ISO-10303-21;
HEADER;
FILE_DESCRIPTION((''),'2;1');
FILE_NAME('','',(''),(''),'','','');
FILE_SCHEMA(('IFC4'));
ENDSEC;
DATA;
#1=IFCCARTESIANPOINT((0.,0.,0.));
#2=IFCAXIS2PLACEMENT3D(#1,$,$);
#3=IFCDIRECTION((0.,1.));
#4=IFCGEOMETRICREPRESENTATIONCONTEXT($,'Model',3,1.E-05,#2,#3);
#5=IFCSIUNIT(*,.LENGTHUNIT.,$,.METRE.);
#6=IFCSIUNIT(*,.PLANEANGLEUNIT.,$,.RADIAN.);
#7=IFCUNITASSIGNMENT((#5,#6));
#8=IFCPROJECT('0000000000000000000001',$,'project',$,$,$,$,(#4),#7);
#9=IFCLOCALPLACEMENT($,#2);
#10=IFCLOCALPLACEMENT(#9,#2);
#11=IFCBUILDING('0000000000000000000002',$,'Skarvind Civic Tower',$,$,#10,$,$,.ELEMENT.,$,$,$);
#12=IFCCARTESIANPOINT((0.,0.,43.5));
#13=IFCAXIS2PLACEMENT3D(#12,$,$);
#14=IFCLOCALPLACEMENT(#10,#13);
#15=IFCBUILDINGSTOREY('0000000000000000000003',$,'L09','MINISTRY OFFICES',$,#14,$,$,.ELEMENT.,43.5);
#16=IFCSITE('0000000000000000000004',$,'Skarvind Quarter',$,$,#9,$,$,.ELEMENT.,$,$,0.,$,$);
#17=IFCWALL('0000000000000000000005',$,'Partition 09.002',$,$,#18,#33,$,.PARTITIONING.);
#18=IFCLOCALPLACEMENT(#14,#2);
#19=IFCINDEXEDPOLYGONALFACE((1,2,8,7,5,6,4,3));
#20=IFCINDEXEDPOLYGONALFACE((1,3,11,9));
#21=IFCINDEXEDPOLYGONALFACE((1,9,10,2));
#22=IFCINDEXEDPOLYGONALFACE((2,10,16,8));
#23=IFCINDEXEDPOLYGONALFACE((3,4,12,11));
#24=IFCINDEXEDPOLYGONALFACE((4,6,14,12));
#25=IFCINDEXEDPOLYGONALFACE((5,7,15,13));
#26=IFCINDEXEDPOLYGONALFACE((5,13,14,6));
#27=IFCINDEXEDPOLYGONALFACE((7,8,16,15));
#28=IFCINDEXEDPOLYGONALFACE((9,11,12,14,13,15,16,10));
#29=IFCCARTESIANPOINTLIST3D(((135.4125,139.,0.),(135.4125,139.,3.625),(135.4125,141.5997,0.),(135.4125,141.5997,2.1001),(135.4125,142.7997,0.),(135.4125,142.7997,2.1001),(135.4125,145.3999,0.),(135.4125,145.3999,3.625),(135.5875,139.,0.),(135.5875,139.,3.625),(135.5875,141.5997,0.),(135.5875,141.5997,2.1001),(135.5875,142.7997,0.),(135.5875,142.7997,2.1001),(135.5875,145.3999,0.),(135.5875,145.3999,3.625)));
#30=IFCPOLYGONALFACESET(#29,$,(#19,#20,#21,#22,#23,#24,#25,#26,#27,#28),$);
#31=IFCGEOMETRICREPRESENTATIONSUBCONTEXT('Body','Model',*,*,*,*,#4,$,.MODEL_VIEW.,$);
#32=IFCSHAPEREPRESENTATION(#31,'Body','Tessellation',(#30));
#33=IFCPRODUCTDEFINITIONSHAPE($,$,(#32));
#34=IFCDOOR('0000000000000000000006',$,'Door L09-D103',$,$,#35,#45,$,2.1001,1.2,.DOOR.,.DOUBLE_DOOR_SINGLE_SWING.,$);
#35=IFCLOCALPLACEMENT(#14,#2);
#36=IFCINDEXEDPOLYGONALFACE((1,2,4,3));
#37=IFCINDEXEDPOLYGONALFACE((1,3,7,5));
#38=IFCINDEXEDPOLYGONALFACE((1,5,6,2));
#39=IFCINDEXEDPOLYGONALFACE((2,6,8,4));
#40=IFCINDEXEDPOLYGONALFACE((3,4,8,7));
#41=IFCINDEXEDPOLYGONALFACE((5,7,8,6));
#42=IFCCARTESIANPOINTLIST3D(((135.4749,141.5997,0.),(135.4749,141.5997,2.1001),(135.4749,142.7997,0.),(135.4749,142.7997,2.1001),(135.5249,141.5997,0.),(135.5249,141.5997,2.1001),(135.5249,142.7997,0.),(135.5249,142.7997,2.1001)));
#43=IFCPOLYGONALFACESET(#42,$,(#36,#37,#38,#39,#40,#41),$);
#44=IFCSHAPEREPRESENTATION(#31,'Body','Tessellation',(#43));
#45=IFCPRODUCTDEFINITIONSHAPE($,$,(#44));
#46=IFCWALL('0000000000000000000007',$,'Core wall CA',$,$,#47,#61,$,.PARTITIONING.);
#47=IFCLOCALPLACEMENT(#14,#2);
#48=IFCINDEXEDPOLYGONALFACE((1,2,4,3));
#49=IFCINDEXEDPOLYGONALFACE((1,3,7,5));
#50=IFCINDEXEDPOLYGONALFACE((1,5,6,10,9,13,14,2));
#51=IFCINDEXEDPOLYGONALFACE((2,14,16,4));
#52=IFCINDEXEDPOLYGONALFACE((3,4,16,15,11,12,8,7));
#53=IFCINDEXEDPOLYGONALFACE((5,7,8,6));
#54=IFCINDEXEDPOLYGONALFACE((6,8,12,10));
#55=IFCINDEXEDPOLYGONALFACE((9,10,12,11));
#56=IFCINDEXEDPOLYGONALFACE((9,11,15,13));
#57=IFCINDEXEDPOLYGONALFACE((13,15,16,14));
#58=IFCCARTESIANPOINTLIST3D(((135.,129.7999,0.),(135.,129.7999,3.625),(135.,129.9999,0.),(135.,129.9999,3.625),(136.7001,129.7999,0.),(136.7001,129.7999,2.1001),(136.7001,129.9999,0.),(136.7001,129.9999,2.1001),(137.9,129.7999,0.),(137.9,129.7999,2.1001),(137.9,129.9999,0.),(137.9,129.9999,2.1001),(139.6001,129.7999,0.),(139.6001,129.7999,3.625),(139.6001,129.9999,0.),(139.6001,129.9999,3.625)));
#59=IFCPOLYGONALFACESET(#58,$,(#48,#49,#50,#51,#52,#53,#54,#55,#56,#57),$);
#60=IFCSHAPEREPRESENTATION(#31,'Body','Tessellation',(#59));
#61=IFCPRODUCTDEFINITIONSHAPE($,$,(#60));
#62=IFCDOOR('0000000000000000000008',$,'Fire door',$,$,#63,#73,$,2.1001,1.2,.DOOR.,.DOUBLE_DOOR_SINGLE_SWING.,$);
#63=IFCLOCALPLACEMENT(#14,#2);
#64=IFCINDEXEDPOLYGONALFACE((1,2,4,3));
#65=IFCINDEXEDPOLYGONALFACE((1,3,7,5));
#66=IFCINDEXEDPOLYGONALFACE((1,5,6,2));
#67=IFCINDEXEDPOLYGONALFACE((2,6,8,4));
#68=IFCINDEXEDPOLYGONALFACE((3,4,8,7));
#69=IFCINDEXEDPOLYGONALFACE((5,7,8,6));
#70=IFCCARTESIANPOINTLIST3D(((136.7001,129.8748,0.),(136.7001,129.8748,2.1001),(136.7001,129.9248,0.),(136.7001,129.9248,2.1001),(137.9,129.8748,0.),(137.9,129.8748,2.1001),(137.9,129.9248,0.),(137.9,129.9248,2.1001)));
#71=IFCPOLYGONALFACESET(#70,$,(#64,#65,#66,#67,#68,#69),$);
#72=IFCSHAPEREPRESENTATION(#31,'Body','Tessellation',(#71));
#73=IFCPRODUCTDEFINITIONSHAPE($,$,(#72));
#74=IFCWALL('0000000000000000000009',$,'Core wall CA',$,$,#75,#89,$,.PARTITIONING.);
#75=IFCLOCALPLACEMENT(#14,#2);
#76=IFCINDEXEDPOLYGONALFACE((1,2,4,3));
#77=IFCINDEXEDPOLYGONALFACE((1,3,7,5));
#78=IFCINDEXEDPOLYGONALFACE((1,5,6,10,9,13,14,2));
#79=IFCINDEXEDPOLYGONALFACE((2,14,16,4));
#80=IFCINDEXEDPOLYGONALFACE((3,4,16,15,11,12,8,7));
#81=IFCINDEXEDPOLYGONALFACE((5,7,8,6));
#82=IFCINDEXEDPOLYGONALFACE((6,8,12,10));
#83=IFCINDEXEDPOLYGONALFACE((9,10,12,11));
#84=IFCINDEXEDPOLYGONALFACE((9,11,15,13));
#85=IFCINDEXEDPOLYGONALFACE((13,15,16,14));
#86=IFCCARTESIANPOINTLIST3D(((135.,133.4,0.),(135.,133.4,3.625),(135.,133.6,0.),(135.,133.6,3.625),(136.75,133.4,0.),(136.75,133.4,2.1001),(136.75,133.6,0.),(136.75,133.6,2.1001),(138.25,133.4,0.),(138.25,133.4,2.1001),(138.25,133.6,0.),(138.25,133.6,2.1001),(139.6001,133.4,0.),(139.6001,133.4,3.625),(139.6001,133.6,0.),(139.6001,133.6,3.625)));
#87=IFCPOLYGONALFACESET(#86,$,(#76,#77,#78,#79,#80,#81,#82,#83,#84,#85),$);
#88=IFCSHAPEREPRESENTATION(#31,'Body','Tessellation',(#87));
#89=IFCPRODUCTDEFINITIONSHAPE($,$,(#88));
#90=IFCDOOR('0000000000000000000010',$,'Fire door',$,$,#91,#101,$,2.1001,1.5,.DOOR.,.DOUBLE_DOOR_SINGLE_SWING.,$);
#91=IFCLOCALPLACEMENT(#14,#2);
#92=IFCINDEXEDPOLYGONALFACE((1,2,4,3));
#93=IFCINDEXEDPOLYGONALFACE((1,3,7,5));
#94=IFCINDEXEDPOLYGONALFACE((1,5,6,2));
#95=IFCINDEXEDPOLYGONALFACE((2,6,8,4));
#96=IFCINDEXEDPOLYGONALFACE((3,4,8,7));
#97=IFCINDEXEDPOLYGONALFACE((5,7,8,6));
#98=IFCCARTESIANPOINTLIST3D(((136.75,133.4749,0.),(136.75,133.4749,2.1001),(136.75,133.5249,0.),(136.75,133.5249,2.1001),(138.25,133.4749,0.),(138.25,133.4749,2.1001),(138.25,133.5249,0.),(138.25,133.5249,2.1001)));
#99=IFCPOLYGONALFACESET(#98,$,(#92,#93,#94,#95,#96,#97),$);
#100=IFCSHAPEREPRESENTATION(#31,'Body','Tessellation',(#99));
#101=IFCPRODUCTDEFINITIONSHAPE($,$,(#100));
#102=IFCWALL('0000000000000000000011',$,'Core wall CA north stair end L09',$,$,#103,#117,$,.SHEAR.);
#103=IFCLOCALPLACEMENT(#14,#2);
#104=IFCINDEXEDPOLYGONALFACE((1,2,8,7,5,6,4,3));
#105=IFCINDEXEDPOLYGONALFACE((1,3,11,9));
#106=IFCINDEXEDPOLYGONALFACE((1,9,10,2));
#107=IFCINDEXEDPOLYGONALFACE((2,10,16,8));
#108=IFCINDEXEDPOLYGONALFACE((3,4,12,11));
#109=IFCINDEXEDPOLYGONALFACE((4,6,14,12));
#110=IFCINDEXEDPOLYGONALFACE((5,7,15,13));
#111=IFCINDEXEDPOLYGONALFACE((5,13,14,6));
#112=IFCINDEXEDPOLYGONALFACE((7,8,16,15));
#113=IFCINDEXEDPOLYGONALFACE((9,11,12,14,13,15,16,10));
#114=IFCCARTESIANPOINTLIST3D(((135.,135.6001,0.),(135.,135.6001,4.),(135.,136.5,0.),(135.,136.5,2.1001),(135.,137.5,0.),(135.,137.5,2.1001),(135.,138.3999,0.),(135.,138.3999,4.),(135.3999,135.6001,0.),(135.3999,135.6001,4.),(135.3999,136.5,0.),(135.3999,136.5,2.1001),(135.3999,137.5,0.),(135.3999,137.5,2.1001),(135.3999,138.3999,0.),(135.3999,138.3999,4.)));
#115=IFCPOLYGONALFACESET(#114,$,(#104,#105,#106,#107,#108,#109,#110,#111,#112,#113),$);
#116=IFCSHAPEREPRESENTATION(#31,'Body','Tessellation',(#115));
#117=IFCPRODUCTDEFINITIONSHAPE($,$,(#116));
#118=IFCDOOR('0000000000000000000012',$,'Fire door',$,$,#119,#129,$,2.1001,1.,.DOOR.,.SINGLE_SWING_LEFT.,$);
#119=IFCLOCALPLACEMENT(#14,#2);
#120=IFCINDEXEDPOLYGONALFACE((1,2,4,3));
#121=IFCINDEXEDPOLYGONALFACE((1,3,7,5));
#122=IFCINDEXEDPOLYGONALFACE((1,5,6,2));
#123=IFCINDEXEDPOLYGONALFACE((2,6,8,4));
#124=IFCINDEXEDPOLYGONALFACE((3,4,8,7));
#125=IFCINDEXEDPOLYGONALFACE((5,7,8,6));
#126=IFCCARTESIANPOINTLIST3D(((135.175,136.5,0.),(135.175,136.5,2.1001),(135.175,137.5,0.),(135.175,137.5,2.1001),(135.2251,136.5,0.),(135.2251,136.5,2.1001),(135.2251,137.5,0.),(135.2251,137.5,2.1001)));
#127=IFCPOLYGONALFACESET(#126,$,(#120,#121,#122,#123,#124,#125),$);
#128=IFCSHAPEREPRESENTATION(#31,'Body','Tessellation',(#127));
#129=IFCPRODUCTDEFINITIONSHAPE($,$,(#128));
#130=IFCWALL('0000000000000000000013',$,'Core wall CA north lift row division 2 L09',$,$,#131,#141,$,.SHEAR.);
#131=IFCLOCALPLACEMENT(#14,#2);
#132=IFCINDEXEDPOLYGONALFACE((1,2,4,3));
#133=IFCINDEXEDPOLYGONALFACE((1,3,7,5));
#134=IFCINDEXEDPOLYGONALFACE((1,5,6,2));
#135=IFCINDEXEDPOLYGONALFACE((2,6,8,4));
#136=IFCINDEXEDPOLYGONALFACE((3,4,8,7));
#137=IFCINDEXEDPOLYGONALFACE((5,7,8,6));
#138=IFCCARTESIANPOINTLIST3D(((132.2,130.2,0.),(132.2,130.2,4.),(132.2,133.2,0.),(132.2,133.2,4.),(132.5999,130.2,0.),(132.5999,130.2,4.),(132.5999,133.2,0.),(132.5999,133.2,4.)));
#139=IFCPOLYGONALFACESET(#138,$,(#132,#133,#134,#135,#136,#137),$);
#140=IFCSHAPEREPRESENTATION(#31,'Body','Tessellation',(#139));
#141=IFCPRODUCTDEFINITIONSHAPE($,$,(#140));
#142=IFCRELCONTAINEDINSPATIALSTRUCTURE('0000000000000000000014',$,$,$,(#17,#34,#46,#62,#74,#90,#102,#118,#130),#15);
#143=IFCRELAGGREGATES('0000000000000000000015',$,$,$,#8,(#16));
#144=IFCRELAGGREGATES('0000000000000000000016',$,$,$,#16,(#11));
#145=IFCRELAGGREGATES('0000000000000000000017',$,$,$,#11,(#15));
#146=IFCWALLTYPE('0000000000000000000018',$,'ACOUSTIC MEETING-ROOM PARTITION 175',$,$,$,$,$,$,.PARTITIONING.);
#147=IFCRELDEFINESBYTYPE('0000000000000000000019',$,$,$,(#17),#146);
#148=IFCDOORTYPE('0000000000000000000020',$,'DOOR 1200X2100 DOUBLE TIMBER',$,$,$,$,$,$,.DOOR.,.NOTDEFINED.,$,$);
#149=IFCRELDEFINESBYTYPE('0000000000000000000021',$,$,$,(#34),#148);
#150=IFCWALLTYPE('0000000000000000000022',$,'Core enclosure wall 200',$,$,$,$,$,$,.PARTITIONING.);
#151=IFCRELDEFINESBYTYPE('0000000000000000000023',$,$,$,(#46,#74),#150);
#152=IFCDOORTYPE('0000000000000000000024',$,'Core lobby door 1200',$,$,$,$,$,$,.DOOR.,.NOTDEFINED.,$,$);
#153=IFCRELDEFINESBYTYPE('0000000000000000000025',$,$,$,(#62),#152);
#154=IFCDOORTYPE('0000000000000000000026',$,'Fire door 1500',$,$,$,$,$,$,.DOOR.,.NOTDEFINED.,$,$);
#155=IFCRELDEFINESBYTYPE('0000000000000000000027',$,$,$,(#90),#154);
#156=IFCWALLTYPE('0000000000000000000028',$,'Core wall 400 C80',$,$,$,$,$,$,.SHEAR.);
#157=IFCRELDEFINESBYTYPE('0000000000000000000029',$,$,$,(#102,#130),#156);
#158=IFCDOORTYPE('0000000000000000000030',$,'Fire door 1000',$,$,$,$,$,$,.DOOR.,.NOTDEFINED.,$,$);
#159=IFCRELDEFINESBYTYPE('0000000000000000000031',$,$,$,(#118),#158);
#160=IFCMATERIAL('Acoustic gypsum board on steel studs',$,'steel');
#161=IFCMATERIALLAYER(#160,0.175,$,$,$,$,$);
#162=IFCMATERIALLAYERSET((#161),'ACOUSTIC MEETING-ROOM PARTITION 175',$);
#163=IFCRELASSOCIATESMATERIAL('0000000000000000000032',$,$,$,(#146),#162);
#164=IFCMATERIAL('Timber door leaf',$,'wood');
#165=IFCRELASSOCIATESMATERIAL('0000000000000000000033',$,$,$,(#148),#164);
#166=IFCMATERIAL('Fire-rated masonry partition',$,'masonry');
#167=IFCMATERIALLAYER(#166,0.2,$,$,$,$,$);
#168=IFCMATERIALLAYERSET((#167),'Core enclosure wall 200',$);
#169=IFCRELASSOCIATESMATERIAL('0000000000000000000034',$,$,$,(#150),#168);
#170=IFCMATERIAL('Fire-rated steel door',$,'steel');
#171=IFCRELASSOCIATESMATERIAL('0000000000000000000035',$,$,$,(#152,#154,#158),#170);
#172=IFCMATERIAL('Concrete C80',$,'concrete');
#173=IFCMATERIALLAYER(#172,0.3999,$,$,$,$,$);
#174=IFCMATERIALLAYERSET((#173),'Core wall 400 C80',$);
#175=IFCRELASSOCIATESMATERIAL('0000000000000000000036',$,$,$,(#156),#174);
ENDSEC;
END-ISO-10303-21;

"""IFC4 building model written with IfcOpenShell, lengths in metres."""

from ifc_helpers import new_model, si_unit, direction, frame, frame_2d, origin, place, context, subcontext, project, spatial, rectangle, extrude, material, layer, layer_set, type_object, element, fill, save


model = new_model("IFC4")

# Units and contexts
model_context = context("Model", 3, precision=1e-05, world=origin(), true_north=direction((0.0, 1.0)))
body_context = subcontext(model_context, "Body", "Model", "MODEL_VIEW")
ifc_project = project(units=[si_unit("LENGTHUNIT", "METRE"), si_unit("PLANEANGLEUNIT", "RADIAN")], contexts=[model_context])

# Site, building, storey
site_placement = place(None, origin())
site = spatial("IfcSite", under=ifc_project, at=site_placement, Name="Skarvind Quarter", CompositionType="ELEMENT", RefElevation=0.0)
building_placement = place(site_placement, origin())
building = spatial("IfcBuilding", under=site, at=building_placement, Name="Skarvind Civic Tower", CompositionType="ELEMENT")
storey_placement = place(building_placement, frame((0.0, 0.0, 43.5)))
storey = spatial("IfcBuildingStorey", under=building, at=storey_placement, Name="L09", Description="MINISTRY OFFICES", CompositionType="ELEMENT", Elevation=43.5)

# Walls, openings, doors
ifc_material_1 = material(Name="Acoustic gypsum board on steel studs", Category="steel")
ifc_layer_1 = layer(ifc_material_1, 0.175)
ifc_layer_set_1 = layer_set([ifc_layer_1], Name="ACOUSTIC MEETING-ROOM PARTITION 175")
wall_type_1 = type_object("IfcWallType", Name="ACOUSTIC MEETING-ROOM PARTITION 175", PredefinedType="PARTITIONING", material=ifc_layer_set_1)
wall_1_placement = place(storey_placement, frame((135.5, 145.3999, 0.0), z_axis=(0.0, 0.0, 1.0), x_axis=(0.0, -1.0, 0.0)))
wall_1 = element("IfcWall", 1, at=wall_1_placement, inside=storey, type_object=wall_type_1, Name="Partition 09.002", PredefinedType="PARTITIONING", context=body_context, shape_type="SweptSolid", body=[
    extrude(rectangle(XDim=6.3999, YDim=0.175, at=frame_2d((3.2, 0.0))), origin(), (0.0, 0.0, 1.0), 3.625),
])
opening_1_placement = place(wall_1_placement, frame((2.6001, 0.0, 0.0)))
opening_1 = element("IfcOpeningElement", 2, at=opening_1_placement, cuts=wall_1, PredefinedType="OPENING", context=body_context, shape_type="SweptSolid", body=[
    extrude(rectangle(XDim=1.2, YDim=2.1001, at=frame_2d((0.6001, 1.05))), frame((0.0, 0.0974, 0.0), z_axis=(0.0, -1.0, 0.0), x_axis=(1.0, 0.0, 0.0)), (0.0, 0.0, 1.0), 0.1951),
])
ifc_material_2 = material(Name="Timber door leaf", Category="wood")
door_type_1 = type_object("IfcDoorType", Name="DOOR 1200X2100 DOUBLE TIMBER", OperationType="NOTDEFINED", PredefinedType="DOOR", material=ifc_material_2)
door_1_placement = place(opening_1_placement, origin())
door_1 = element("IfcDoor", 3, at=door_1_placement, inside=storey, type_object=door_type_1, Name="Door L09-D103", OperationType="DOUBLE_DOOR_SINGLE_SWING", OverallHeight=2.1001, OverallWidth=1.2, PredefinedType="DOOR", context=body_context, shape_type="SweptSolid", body=[
    extrude(rectangle(XDim=1.2, YDim=2.1001, at=frame_2d((0.6001, 1.05))), frame((0.0, 0.0249, 0.0), z_axis=(0.0, -1.0, 0.0), x_axis=(1.0, 0.0, 0.0)), (0.0, 0.0, 1.0), 0.05),
])
fill(opening_1, door_1)
ifc_material_3 = material(Name="Fire-rated masonry partition", Category="masonry")
ifc_layer_2 = layer(ifc_material_3, 0.2)
ifc_layer_set_2 = layer_set([ifc_layer_2], Name="Core enclosure wall 200")
wall_type_2 = type_object("IfcWallType", Name="Core enclosure wall 200", PredefinedType="PARTITIONING", material=ifc_layer_set_2)
wall_2_placement = place(storey_placement, frame((135.0, 129.8999, 0.0), z_axis=(0.0, 0.0, 1.0), x_axis=(1.0, 0.0, 0.0)))
wall_2 = element("IfcWall", 4, at=wall_2_placement, inside=storey, type_object=wall_type_2, Name="Core wall CA", PredefinedType="PARTITIONING", context=body_context, shape_type="SweptSolid", body=[
    extrude(rectangle(XDim=4.6001, YDim=0.2, at=frame_2d((2.3, 0.0))), origin(), (0.0, 0.0, 1.0), 3.625),
])
opening_2_placement = place(wall_2_placement, frame((1.7, 0.0, 0.0)))
opening_2 = element("IfcOpeningElement", 5, at=opening_2_placement, cuts=wall_2, PredefinedType="OPENING", context=body_context, shape_type="SweptSolid", body=[
    extrude(rectangle(XDim=1.2, YDim=2.1001, at=frame_2d((0.6001, 1.05))), frame((0.0, 0.1099, 0.0), z_axis=(0.0, -1.0, 0.0), x_axis=(1.0, 0.0, 0.0)), (0.0, 0.0, 1.0), 0.22),
])
ifc_material_4 = material(Name="Fire-rated steel door", Category="steel")
door_type_2 = type_object("IfcDoorType", Name="Core lobby door 1200", OperationType="NOTDEFINED", PredefinedType="DOOR", material=ifc_material_4)
door_2_placement = place(opening_2_placement, origin())
door_2 = element("IfcDoor", 6, at=door_2_placement, inside=storey, type_object=door_type_2, Name="Fire door", OperationType="DOUBLE_DOOR_SINGLE_SWING", OverallHeight=2.1001, OverallWidth=1.2, PredefinedType="DOOR", context=body_context, shape_type="SweptSolid", body=[
    extrude(rectangle(XDim=1.2, YDim=2.1001, at=frame_2d((0.6001, 1.05))), frame((0.0, 0.0249, 0.0), z_axis=(0.0, -1.0, 0.0), x_axis=(1.0, 0.0, 0.0)), (0.0, 0.0, 1.0), 0.05),
])
fill(opening_2, door_2)
wall_3_placement = place(storey_placement, frame((135.0, 133.5, 0.0), z_axis=(0.0, 0.0, 1.0), x_axis=(1.0, 0.0, 0.0)))
wall_3 = element("IfcWall", 7, at=wall_3_placement, inside=storey, type_object=wall_type_2, Name="Core wall CA", PredefinedType="PARTITIONING", context=body_context, shape_type="SweptSolid", body=[
    extrude(rectangle(XDim=4.6001, YDim=0.2, at=frame_2d((2.3, 0.0))), origin(), (0.0, 0.0, 1.0), 3.625),
])
opening_3_placement = place(wall_3_placement, frame((1.75, 0.0, 0.0)))
opening_3 = element("IfcOpeningElement", 8, at=opening_3_placement, cuts=wall_3, PredefinedType="OPENING", context=body_context, shape_type="SweptSolid", body=[
    extrude(rectangle(XDim=1.5, YDim=2.1001, at=frame_2d((0.75, 1.05))), frame((0.0, 0.1099, 0.0), z_axis=(0.0, -1.0, 0.0), x_axis=(1.0, 0.0, 0.0)), (0.0, 0.0, 1.0), 0.22),
])
door_type_3 = type_object("IfcDoorType", Name="Fire door 1500", OperationType="NOTDEFINED", PredefinedType="DOOR", material=ifc_material_4)
door_3_placement = place(opening_3_placement, origin())
door_3 = element("IfcDoor", 9, at=door_3_placement, inside=storey, type_object=door_type_3, Name="Fire door", OperationType="DOUBLE_DOOR_SINGLE_SWING", OverallHeight=2.1001, OverallWidth=1.5, PredefinedType="DOOR", context=body_context, shape_type="SweptSolid", body=[
    extrude(rectangle(XDim=1.5, YDim=2.1001, at=frame_2d((0.75, 1.05))), frame((0.0, 0.0249, 0.0), z_axis=(0.0, -1.0, 0.0), x_axis=(1.0, 0.0, 0.0)), (0.0, 0.0, 1.0), 0.05),
])
fill(opening_3, door_3)
ifc_material_5 = material(Name="Concrete C80", Category="concrete")
ifc_layer_3 = layer(ifc_material_5, 0.3999)
ifc_layer_set_3 = layer_set([ifc_layer_3], Name="Core wall 400 C80")
wall_type_3 = type_object("IfcWallType", Name="Core wall 400 C80", PredefinedType="SHEAR", material=ifc_layer_set_3)
wall_4_placement = place(storey_placement, frame((135.2, 135.6001, 0.0), z_axis=(0.0, 0.0, 1.0), x_axis=(0.0, 1.0, 0.0)))
wall_4 = element("IfcWall", 10, at=wall_4_placement, inside=storey, type_object=wall_type_3, Name="Core wall CA north stair end L09", PredefinedType="SHEAR", context=body_context, shape_type="SweptSolid", body=[
    extrude(rectangle(XDim=2.7998, YDim=0.3999, at=frame_2d((1.3999, 0.0))), origin(), (0.0, 0.0, 1.0), 4.0),
])
opening_4_placement = place(wall_4_placement, frame((0.8999, 0.0, 0.0)))
opening_4 = element("IfcOpeningElement", 11, at=opening_4_placement, cuts=wall_4, PredefinedType="OPENING", context=body_context, shape_type="SweptSolid", body=[
    extrude(rectangle(XDim=1.0, YDim=2.1001, at=frame_2d((0.5, 1.05))), frame((0.0, 0.21, 0.0), z_axis=(0.0, -1.0, 0.0), x_axis=(1.0, 0.0, 0.0)), (0.0, 0.0, 1.0), 0.4199),
])
door_type_4 = type_object("IfcDoorType", Name="Fire door 1000", OperationType="NOTDEFINED", PredefinedType="DOOR", material=ifc_material_4)
door_4_placement = place(opening_4_placement, origin())
door_4 = element("IfcDoor", 12, at=door_4_placement, inside=storey, type_object=door_type_4, Name="Fire door", OperationType="SINGLE_SWING_LEFT", OverallHeight=2.1001, OverallWidth=1.0, PredefinedType="DOOR", context=body_context, shape_type="SweptSolid", body=[
    extrude(rectangle(XDim=1.0, YDim=2.1001, at=frame_2d((0.5, 1.05))), frame((0.0, 0.0249, 0.0), z_axis=(0.0, -1.0, 0.0), x_axis=(1.0, 0.0, 0.0)), (0.0, 0.0, 1.0), 0.05),
])
fill(opening_4, door_4)

# Wall
wall_5_placement = place(storey_placement, frame((132.3999, 130.2, 0.0), z_axis=(0.0, 0.0, 1.0), x_axis=(0.0, 1.0, 0.0)))
element("IfcWall", 13, at=wall_5_placement, inside=storey, type_object=wall_type_3, Name="Core wall CA north lift row division 2 L09", PredefinedType="SHEAR", context=body_context, shape_type="SweptSolid", body=[
    extrude(rectangle(XDim=3.0, YDim=0.3999, at=frame_2d((1.5, 0.0))), origin(), (0.0, 0.0, 1.0), 4.0),
])

save(model, "model.ifc")
